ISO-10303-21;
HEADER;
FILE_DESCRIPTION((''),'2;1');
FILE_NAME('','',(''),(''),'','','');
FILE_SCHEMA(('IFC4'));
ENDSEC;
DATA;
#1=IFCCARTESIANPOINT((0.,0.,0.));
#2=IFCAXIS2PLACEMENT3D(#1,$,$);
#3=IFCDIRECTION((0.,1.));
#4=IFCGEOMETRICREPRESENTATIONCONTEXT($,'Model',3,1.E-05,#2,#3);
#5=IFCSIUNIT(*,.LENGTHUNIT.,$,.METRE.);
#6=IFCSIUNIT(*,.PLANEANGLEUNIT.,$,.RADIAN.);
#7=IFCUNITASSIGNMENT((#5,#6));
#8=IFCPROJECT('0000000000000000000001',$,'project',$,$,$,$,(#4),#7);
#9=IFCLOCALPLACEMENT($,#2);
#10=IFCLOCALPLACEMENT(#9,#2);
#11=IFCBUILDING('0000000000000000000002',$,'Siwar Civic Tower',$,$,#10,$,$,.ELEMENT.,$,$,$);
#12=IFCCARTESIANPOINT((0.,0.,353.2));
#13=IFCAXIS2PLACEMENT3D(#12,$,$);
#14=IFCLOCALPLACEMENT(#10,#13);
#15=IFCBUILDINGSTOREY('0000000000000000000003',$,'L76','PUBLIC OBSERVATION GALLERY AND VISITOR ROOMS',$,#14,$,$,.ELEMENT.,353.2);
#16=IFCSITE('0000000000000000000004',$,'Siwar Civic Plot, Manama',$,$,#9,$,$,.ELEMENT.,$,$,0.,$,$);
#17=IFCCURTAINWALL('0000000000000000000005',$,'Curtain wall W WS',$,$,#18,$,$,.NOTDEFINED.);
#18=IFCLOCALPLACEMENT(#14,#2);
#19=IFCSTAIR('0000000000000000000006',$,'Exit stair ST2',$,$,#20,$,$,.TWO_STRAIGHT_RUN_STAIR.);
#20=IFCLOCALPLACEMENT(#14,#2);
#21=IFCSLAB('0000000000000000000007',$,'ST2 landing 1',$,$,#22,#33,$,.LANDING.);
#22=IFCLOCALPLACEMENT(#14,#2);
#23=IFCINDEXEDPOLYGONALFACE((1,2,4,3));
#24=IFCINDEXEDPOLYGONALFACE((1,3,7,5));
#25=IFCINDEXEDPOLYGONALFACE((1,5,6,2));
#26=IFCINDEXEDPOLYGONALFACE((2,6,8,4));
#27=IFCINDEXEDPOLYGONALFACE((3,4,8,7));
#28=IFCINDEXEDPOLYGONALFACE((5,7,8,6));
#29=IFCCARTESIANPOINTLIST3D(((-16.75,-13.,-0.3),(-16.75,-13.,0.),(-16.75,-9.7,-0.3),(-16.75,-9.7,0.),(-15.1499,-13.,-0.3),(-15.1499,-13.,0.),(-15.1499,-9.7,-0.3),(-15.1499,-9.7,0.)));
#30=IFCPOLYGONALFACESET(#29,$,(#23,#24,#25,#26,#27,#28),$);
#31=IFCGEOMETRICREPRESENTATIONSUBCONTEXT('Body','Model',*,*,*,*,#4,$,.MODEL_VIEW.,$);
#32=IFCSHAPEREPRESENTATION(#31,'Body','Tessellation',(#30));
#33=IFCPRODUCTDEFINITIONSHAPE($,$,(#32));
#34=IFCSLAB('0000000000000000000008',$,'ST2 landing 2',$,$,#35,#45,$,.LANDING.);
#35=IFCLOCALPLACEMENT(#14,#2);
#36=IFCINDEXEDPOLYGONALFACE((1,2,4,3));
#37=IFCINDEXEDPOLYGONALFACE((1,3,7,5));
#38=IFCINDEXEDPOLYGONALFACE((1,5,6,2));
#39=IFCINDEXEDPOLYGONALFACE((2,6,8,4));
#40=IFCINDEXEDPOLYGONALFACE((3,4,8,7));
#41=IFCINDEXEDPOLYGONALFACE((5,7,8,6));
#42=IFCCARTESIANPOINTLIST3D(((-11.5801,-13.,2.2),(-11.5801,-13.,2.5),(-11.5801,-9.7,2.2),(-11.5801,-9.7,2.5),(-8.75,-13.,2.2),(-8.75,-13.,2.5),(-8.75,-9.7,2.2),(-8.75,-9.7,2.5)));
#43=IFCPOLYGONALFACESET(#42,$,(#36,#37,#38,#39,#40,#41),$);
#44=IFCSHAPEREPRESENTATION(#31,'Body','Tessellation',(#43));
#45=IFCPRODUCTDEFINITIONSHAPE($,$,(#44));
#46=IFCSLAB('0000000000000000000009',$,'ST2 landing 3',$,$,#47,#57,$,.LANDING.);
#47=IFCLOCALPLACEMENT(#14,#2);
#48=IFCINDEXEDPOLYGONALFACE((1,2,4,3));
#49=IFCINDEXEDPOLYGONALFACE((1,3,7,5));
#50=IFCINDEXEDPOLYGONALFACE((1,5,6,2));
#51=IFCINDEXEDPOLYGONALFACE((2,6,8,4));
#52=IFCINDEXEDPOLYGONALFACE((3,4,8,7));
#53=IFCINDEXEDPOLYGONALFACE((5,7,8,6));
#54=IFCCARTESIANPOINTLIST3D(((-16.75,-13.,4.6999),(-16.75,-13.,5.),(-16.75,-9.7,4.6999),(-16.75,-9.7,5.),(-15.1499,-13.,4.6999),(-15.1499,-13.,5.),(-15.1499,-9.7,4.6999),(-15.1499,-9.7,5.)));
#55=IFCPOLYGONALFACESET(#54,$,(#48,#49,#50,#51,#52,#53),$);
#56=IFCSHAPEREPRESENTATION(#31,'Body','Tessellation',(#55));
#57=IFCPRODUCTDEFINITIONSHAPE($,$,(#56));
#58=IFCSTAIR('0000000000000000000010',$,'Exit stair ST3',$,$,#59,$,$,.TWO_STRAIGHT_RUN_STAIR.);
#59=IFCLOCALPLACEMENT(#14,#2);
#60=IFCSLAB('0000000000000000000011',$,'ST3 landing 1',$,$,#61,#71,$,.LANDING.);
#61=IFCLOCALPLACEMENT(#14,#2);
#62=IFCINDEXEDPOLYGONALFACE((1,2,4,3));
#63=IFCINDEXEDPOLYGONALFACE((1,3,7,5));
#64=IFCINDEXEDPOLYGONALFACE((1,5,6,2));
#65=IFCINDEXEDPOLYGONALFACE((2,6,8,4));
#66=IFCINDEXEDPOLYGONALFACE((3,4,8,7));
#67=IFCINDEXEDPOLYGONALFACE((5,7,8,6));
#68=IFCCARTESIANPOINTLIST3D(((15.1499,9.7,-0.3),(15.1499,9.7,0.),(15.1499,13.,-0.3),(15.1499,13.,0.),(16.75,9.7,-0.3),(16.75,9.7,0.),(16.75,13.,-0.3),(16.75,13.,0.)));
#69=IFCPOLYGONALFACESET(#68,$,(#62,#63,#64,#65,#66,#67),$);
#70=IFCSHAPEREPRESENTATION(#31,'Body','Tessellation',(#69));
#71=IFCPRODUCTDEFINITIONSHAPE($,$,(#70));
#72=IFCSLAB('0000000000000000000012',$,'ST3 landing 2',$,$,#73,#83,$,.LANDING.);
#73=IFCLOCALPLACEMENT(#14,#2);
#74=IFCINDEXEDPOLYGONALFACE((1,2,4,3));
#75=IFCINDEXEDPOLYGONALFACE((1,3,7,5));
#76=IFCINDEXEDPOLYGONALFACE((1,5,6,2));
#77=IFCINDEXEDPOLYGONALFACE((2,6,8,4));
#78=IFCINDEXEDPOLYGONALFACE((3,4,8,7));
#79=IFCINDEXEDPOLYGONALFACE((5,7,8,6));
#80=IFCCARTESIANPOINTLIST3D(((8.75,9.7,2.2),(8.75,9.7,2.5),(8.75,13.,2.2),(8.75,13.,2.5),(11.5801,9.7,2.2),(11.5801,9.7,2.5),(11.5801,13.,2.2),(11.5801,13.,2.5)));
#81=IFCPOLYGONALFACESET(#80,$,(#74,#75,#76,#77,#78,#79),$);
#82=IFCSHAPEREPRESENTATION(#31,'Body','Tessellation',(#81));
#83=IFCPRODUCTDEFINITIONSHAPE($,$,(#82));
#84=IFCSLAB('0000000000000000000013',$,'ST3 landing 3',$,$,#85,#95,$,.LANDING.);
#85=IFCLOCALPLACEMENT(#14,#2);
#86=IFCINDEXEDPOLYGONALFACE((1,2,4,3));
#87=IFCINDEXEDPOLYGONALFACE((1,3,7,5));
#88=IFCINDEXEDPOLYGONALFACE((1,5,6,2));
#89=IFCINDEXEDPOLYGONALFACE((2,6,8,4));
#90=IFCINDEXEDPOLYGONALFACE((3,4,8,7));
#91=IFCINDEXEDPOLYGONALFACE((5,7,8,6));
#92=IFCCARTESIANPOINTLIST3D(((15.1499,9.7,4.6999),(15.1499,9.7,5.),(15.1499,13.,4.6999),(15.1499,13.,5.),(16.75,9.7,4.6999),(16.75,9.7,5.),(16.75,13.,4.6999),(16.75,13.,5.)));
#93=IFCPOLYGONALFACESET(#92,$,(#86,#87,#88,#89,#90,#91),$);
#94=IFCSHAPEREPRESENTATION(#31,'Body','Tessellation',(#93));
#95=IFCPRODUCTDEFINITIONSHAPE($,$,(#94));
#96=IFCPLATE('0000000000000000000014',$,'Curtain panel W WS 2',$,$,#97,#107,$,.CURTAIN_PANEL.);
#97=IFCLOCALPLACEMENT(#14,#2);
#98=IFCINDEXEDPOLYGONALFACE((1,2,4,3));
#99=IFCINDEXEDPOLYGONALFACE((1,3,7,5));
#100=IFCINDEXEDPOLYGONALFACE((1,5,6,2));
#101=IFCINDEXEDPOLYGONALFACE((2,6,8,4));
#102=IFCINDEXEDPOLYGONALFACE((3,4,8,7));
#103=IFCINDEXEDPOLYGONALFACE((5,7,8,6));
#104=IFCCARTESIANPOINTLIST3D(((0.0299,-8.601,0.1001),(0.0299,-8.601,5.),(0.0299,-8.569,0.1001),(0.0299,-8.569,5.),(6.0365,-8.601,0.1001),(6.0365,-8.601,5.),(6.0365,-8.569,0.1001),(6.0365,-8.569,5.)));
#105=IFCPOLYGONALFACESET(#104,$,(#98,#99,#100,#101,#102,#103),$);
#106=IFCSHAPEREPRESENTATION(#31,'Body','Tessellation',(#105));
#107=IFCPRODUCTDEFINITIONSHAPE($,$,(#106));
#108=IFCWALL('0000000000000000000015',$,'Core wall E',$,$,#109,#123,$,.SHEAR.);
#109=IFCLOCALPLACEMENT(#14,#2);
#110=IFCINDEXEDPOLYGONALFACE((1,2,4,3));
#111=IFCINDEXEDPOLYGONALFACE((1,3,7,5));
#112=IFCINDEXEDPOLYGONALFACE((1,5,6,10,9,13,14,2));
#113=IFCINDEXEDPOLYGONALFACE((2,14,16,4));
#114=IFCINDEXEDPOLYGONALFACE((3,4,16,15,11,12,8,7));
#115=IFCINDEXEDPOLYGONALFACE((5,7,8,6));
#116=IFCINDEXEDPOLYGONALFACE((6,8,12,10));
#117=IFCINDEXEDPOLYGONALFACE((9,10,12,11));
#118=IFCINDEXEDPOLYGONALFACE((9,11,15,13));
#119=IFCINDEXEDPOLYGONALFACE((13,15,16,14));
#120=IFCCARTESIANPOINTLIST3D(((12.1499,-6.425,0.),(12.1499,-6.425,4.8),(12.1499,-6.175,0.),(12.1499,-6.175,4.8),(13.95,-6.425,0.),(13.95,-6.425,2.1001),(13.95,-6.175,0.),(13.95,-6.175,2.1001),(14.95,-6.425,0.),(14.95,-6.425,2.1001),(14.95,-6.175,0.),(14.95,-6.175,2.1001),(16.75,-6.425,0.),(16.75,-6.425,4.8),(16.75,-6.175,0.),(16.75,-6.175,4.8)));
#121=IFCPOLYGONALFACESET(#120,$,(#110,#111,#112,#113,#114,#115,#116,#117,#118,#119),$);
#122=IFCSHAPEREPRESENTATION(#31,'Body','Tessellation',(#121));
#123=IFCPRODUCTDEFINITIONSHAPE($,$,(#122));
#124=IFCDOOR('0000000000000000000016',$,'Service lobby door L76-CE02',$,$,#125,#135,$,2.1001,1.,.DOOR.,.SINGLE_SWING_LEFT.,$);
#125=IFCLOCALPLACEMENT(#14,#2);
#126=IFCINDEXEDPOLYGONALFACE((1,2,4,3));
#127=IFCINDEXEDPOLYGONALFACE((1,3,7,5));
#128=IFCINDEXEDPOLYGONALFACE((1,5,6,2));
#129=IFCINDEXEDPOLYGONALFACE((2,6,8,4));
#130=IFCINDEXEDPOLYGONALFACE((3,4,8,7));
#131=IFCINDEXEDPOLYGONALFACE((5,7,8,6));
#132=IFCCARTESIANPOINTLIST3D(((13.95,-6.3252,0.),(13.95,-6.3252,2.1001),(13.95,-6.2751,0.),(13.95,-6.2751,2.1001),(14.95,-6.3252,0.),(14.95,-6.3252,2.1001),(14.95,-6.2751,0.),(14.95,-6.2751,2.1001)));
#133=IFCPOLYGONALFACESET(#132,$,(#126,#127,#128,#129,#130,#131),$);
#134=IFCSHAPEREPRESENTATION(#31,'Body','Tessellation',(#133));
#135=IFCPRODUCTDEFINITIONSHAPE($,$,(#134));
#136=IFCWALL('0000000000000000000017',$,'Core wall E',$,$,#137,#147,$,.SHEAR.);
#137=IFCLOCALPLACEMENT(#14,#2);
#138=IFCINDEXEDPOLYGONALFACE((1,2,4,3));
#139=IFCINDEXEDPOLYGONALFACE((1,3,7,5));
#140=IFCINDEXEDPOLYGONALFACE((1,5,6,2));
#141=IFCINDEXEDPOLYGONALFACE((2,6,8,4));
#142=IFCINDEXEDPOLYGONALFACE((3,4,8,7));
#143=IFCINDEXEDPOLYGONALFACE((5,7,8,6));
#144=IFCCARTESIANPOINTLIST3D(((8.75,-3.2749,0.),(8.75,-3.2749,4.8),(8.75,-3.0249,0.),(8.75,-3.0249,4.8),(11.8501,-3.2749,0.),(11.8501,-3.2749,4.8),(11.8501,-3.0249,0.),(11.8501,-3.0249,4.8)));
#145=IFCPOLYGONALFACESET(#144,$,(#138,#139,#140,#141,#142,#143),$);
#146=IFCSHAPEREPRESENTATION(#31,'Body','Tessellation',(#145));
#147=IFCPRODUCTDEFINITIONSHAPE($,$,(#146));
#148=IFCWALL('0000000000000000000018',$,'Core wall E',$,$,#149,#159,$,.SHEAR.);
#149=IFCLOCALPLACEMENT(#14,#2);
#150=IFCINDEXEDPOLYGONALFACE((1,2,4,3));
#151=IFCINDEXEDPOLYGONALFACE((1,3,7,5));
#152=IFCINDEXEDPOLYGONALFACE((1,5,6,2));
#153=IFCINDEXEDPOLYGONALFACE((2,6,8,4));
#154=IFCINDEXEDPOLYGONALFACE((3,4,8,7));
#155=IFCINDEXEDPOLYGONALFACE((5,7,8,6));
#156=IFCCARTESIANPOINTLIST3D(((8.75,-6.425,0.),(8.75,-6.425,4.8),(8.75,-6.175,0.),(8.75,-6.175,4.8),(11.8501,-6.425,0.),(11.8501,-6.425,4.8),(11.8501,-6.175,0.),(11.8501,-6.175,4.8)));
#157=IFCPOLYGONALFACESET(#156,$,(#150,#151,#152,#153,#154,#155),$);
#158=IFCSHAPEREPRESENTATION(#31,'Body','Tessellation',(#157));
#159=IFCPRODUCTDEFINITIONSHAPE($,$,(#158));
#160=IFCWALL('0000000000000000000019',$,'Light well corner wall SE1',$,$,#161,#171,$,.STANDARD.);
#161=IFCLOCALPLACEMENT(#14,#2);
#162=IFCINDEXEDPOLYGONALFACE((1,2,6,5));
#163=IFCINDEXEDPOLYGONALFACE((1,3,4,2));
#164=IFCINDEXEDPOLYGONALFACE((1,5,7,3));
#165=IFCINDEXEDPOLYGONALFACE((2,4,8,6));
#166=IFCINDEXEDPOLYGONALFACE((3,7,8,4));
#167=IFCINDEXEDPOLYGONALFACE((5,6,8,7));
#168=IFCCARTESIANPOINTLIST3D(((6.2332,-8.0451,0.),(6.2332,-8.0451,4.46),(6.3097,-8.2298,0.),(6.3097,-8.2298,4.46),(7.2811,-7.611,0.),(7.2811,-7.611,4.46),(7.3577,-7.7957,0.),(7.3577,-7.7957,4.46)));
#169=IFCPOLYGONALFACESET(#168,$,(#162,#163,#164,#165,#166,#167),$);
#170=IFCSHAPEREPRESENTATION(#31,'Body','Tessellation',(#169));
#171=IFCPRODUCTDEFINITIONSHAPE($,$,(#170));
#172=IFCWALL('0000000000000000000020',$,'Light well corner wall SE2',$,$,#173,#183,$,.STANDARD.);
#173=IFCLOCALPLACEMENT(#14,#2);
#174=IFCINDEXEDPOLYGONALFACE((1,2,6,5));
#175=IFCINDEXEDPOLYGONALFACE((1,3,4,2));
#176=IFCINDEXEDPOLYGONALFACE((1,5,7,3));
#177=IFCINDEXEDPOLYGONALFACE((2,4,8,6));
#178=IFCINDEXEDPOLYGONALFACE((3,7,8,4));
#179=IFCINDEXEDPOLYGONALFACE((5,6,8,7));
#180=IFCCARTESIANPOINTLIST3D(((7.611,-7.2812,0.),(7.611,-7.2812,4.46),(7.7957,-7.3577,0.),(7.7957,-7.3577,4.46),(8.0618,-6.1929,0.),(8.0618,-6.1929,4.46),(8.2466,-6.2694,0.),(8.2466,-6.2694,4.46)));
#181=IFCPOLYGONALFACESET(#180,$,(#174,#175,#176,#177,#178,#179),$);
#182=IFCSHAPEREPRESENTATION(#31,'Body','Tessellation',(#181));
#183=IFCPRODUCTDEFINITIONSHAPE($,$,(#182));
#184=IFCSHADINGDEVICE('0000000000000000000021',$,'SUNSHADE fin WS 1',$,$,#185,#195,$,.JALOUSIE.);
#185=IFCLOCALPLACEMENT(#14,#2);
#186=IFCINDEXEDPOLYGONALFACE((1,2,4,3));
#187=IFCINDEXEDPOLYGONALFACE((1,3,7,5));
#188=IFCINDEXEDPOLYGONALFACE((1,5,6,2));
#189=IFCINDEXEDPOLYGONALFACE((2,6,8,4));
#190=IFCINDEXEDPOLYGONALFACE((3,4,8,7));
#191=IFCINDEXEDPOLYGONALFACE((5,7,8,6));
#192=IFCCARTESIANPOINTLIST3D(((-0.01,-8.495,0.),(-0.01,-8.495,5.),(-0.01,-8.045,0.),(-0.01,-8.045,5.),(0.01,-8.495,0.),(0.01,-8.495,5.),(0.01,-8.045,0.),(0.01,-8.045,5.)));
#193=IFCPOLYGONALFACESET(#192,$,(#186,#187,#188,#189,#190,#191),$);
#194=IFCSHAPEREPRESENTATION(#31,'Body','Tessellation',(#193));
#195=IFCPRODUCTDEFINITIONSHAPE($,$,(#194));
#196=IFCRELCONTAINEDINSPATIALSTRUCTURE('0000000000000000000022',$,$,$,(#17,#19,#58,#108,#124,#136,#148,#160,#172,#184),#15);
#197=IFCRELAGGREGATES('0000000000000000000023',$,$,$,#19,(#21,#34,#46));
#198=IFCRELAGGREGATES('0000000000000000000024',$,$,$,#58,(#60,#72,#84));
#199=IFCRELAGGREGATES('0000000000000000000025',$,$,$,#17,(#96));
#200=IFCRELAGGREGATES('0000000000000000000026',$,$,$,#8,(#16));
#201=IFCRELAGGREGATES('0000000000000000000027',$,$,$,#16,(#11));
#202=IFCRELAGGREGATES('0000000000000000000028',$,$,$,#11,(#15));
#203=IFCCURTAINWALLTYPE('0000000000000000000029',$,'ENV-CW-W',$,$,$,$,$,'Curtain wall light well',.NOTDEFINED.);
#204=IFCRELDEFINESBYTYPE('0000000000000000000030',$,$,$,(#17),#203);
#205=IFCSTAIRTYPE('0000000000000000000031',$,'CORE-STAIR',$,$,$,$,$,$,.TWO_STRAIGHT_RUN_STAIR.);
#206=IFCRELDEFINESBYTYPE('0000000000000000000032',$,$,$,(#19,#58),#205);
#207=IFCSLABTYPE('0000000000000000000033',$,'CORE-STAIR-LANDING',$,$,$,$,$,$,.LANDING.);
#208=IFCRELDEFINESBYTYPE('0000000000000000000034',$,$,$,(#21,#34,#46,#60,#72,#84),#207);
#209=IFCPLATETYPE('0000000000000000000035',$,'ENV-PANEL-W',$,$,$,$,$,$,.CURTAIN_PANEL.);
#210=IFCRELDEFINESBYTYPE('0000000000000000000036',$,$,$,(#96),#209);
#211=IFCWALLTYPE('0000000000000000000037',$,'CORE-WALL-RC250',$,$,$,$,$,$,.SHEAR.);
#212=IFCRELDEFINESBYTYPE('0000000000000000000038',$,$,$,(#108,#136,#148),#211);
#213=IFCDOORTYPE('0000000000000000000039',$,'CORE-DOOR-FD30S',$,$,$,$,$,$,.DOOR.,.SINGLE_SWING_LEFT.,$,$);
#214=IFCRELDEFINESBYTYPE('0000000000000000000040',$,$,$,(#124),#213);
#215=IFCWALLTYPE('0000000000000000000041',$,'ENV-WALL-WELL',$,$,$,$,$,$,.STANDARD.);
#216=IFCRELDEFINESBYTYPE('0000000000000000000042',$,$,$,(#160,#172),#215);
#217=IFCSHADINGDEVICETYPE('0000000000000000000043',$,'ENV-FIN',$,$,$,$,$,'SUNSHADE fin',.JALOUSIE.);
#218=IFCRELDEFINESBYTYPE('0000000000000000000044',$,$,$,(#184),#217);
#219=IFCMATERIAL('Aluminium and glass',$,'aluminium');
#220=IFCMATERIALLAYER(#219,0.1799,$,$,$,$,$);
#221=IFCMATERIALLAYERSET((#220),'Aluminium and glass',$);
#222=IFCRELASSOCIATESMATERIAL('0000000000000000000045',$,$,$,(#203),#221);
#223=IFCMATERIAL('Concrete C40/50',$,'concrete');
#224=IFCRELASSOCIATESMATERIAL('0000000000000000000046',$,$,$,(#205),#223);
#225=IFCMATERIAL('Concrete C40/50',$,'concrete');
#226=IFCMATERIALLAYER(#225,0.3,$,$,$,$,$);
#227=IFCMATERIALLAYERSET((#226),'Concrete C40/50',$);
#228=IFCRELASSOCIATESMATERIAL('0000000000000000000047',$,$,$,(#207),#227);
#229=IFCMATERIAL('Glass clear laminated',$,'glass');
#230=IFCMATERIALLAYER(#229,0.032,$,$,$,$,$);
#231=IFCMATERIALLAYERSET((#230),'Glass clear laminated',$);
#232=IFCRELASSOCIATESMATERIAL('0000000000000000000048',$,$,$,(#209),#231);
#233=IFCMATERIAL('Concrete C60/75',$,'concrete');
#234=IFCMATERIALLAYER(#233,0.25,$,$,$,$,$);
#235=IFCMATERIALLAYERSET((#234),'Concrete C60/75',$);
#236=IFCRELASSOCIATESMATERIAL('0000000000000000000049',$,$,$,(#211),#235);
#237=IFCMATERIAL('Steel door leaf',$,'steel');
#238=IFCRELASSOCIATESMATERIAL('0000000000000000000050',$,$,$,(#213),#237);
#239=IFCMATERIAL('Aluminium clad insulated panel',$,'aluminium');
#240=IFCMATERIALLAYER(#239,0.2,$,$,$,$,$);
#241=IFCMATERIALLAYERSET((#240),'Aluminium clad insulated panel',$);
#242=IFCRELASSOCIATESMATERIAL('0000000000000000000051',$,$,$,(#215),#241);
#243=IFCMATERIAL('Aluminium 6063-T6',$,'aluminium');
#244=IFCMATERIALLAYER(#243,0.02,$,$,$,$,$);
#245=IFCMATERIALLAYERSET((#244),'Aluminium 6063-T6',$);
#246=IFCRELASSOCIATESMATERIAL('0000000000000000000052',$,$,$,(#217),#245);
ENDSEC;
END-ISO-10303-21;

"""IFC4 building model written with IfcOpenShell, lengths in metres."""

from ifc_helpers import new_model, si_unit, direction, frame, frame_2d, origin, origin_2d, place, context, subcontext, project, spatial, polyline, rectangle, outline, extrude, material, layer, layer_set, type_object, element, fill, aggregate, save


model = new_model("IFC4")

# Units and contexts
model_context = context("Model", 3, precision=1e-05, world=origin(), true_north=direction((0.0, 1.0)))
body_context = subcontext(model_context, "Body", "Model", "MODEL_VIEW")
ifc_project = project(units=[si_unit("LENGTHUNIT", "METRE"), si_unit("PLANEANGLEUNIT", "RADIAN")], contexts=[model_context])

# Site, building, storey
site_placement = place(None, origin())
site = spatial("IfcSite", under=ifc_project, at=site_placement, Name="Siwar Civic Plot, Manama", CompositionType="ELEMENT", RefElevation=0.0)
building_placement = place(site_placement, origin())
building = spatial("IfcBuilding", under=site, at=building_placement, Name="Siwar Civic Tower", CompositionType="ELEMENT")
storey_placement = place(building_placement, frame((0.0, 0.0, 353.2)))
storey = spatial("IfcBuildingStorey", under=building, at=storey_placement, Name="L76", Description="PUBLIC OBSERVATION GALLERY AND VISITOR ROOMS", CompositionType="ELEMENT", Elevation=353.2)

# Curtain wall
ifc_material_1 = material(Name="Aluminium and glass", Category="aluminium")
ifc_layer_1 = layer(ifc_material_1, 0.1799)
ifc_layer_set_1 = layer_set([ifc_layer_1], Name="Aluminium and glass")
curtain_wall_type = type_object("IfcCurtainWallType", Name="ENV-CW-W", ElementType="Curtain wall light well", PredefinedType="NOTDEFINED", material=ifc_layer_set_1)
curtain_wall_placement = place(storey_placement, origin())
curtain_wall = element("IfcCurtainWall", 1, at=curtain_wall_placement, inside=storey, type_object=curtain_wall_type, Name="Curtain wall W WS", PredefinedType="NOTDEFINED")

# Shared definitions
ifc_material_2 = material(Name="Concrete C40/50", Category="concrete")
stair_type = type_object("IfcStairType", Name="CORE-STAIR", PredefinedType="TWO_STRAIGHT_RUN_STAIR", material=ifc_material_2)
ifc_material_3 = material(Name="Concrete C40/50", Category="concrete")
ifc_layer_2 = layer(ifc_material_3, 0.3)
ifc_layer_set_2 = layer_set([ifc_layer_2], Name="Concrete C40/50")
slab_type = type_object("IfcSlabType", Name="CORE-STAIR-LANDING", PredefinedType="LANDING", material=ifc_layer_set_2)
placement = place(building_placement, frame((0.0, 0.0, 358.2)))

# Stairs, slabs
stair_1_placement = place(storey_placement, origin())
stair_1 = element("IfcStair", 2, at=stair_1_placement, inside=storey, type_object=stair_type, Name="Exit stair ST2", PredefinedType="TWO_STRAIGHT_RUN_STAIR")
slab_1_placement = place(storey_placement, frame((0.0, 0.0, -0.3)))
slab_1 = element("IfcSlab", 3, at=slab_1_placement, type_object=slab_type, Name="ST2 landing 1", PredefinedType="LANDING", context=body_context, shape_type="SweptSolid", body=[
    extrude(outline(polyline([(-15.1499, -9.7), (-16.75, -9.7), (-16.75, -13.0), (-15.1499, -13.0), (-15.1499, -9.7)])), origin(), (0.0, 0.0, 1.0), 0.3),
])
slab_2_placement = place(storey_placement, frame((0.0, 0.0, 2.2)))
slab_2 = element("IfcSlab", 4, at=slab_2_placement, type_object=slab_type, Name="ST2 landing 2", PredefinedType="LANDING", context=body_context, shape_type="SweptSolid", body=[
    extrude(outline(polyline([(-8.75, -9.7), (-11.5801, -9.7), (-11.5801, -13.0), (-8.75, -13.0), (-8.75, -9.7)])), origin(), (0.0, 0.0, 1.0), 0.3),
])
slab_3_placement = place(placement, frame((0.0, 0.0, -0.3)))
slab_3 = element("IfcSlab", 5, at=slab_3_placement, type_object=slab_type, Name="ST2 landing 3", PredefinedType="LANDING", context=body_context, shape_type="SweptSolid", body=[
    extrude(outline(polyline([(-15.1499, -9.7), (-16.75, -9.7), (-16.75, -13.0), (-15.1499, -13.0), (-15.1499, -9.7)])), origin(), (0.0, 0.0, 1.0), 0.3),
])
aggregate(stair_1, [slab_1, slab_2, slab_3])
stair_2_placement = place(storey_placement, origin())
stair_2 = element("IfcStair", 6, at=stair_2_placement, inside=storey, type_object=stair_type, Name="Exit stair ST3", PredefinedType="TWO_STRAIGHT_RUN_STAIR")
slab_4_placement = place(storey_placement, frame((0.0, 0.0, -0.3)))
slab_4 = element("IfcSlab", 7, at=slab_4_placement, type_object=slab_type, Name="ST3 landing 1", PredefinedType="LANDING", context=body_context, shape_type="SweptSolid", body=[
    extrude(outline(polyline([(15.1499, 9.7), (16.75, 9.7), (16.75, 13.0), (15.1499, 13.0), (15.1499, 9.7)])), origin(), (0.0, 0.0, 1.0), 0.3),
])
slab_5_placement = place(storey_placement, frame((0.0, 0.0, 2.2)))
slab_5 = element("IfcSlab", 8, at=slab_5_placement, type_object=slab_type, Name="ST3 landing 2", PredefinedType="LANDING", context=body_context, shape_type="SweptSolid", body=[
    extrude(outline(polyline([(8.75, 9.7), (11.5801, 9.7), (11.5801, 13.0), (8.75, 13.0), (8.75, 9.7)])), origin(), (0.0, 0.0, 1.0), 0.3),
])
slab_6_placement = place(placement, frame((0.0, 0.0, -0.3)))
slab_6 = element("IfcSlab", 9, at=slab_6_placement, type_object=slab_type, Name="ST3 landing 3", PredefinedType="LANDING", context=body_context, shape_type="SweptSolid", body=[
    extrude(outline(polyline([(15.1499, 9.7), (16.75, 9.7), (16.75, 13.0), (15.1499, 13.0), (15.1499, 9.7)])), origin(), (0.0, 0.0, 1.0), 0.3),
])
aggregate(stair_2, [slab_4, slab_5, slab_6])

# Plate
ifc_material_4 = material(Name="Glass clear laminated", Category="glass")
ifc_layer_3 = layer(ifc_material_4, 0.032)
ifc_layer_set_3 = layer_set([ifc_layer_3], Name="Glass clear laminated")
plate_type = type_object("IfcPlateType", Name="ENV-PANEL-W", PredefinedType="CURTAIN_PANEL", material=ifc_layer_set_3)
plate_placement = place(storey_placement, frame((3.0332, -8.585, 0.1001), z_axis=(0.0, 0.0, 1.0), x_axis=(1.0, 0.0, 0.0)))
plate = element("IfcPlate", 10, at=plate_placement, type_object=plate_type, Name="Curtain panel W WS 2", PredefinedType="CURTAIN_PANEL", context=body_context, shape_type="SweptSolid", body=[
    extrude(rectangle(XDim=6.0066, YDim=0.032, at=origin_2d()), origin(), (0.0, 0.0, 1.0), 4.8999),
])
aggregate(curtain_wall, [plate])

# Wall, opening, door
ifc_material_5 = material(Name="Concrete C60/75", Category="concrete")
ifc_layer_4 = layer(ifc_material_5, 0.25)
ifc_layer_set_4 = layer_set([ifc_layer_4], Name="Concrete C60/75")
wall_type_1 = type_object("IfcWallType", Name="CORE-WALL-RC250", PredefinedType="SHEAR", material=ifc_layer_set_4)
wall_1_placement = place(storey_placement, frame((12.1499, -6.3, 0.0), z_axis=(0.0, 0.0, 1.0), x_axis=(1.0, 0.0, 0.0)))
wall_1 = element("IfcWall", 11, at=wall_1_placement, inside=storey, type_object=wall_type_1, Name="Core wall E", PredefinedType="SHEAR", context=body_context, shape_type="SweptSolid", body=[
    extrude(rectangle(XDim=4.6001, YDim=0.25, at=frame_2d((2.3, 0.0))), origin(), (0.0, 0.0, 1.0), 4.8),
])
opening_placement = place(wall_1_placement, frame((1.8, 0.0, 0.0)))
opening = element("IfcOpeningElement", 12, at=opening_placement, cuts=wall_1, PredefinedType="OPENING", context=body_context, shape_type="SweptSolid", body=[
    extrude(rectangle(XDim=1.0, YDim=2.1001, at=frame_2d((0.5, 1.05))), frame((0.0, 0.135, 0.0), z_axis=(0.0, -1.0, 0.0), x_axis=(1.0, 0.0, 0.0)), (0.0, 0.0, 1.0), 0.27),
])
ifc_material_6 = material(Name="Steel door leaf", Category="steel")
door_type = type_object("IfcDoorType", Name="CORE-DOOR-FD30S", OperationType="SINGLE_SWING_LEFT", PredefinedType="DOOR", material=ifc_material_6)
door_placement = place(opening_placement, origin())
door = element("IfcDoor", 13, at=door_placement, inside=storey, type_object=door_type, Name="Service lobby door L76-CE02", OperationType="SINGLE_SWING_LEFT", OverallHeight=2.1001, OverallWidth=1.0, PredefinedType="DOOR", context=body_context, shape_type="SweptSolid", body=[
    extrude(rectangle(XDim=1.0, YDim=2.1001, at=frame_2d((0.5, 1.05))), frame((0.0, 0.0249, 0.0), z_axis=(0.0, -1.0, 0.0), x_axis=(1.0, 0.0, 0.0)), (0.0, 0.0, 1.0), 0.05),
])
fill(opening, door)

# Walls
for number, where, z_axis, x_axis, name in (
    (14, (8.75, -3.1499, 0.0), (0.0, 0.0, 1.0), (1.0, 0.0, 0.0), "Core wall E"),
    (15, (8.75, -6.3, 0.0), (0.0, 0.0, 1.0), (1.0, 0.0, 0.0), "Core wall E"),
):
    element("IfcWall", number, at=place(storey_placement, frame(where, z_axis=z_axis, x_axis=x_axis)), inside=storey, type_object=wall_type_1, Name=name, PredefinedType="SHEAR", context=body_context, shape_type="SweptSolid", body=[
        extrude(rectangle(XDim=3.1001, YDim=0.25, at=frame_2d((1.55, 0.0))), origin(), (0.0, 0.0, 1.0), 4.8),
    ])
ifc_material_7 = material(Name="Aluminium clad insulated panel", Category="aluminium")
ifc_layer_5 = layer(ifc_material_7, 0.2)
ifc_layer_set_5 = layer_set([ifc_layer_5], Name="Aluminium clad insulated panel")
wall_type_2 = type_object("IfcWallType", Name="ENV-WALL-WELL", PredefinedType="STANDARD", material=ifc_layer_set_5)
wall_2_placement = place(storey_placement, frame((6.2715, -8.1375, 0.0), z_axis=(0.0, 0.0, 1.0), x_axis=(0.923865, 0.382719, 0.0)))
element("IfcWall", 16, at=wall_2_placement, inside=storey, type_object=wall_type_2, Name="Light well corner wall SE1", PredefinedType="STANDARD", context=body_context, shape_type="SweptSolid", body=[
    extrude(rectangle(XDim=1.1343, YDim=0.2, at=frame_2d((0.5671, 0.0))), origin(), (0.0, 0.0, 1.0), 4.46),
])
wall_3_placement = place(storey_placement, frame((7.7034, -7.3193, 0.0), z_axis=(0.0, 0.0, 1.0), x_axis=(0.382761, 0.923848, 0.0)))
element("IfcWall", 17, at=wall_3_placement, inside=storey, type_object=wall_type_2, Name="Light well corner wall SE2", PredefinedType="STANDARD", context=body_context, shape_type="SweptSolid", body=[
    extrude(rectangle(XDim=1.178, YDim=0.2, at=frame_2d((0.5889, 0.0))), origin(), (0.0, 0.0, 1.0), 4.46),
])

# Shading device
ifc_material_8 = material(Name="Aluminium 6063-T6", Category="aluminium")
ifc_layer_6 = layer(ifc_material_8, 0.02)
ifc_layer_set_6 = layer_set([ifc_layer_6], Name="Aluminium 6063-T6")
shading_device_type = type_object("IfcShadingDeviceType", Name="ENV-FIN", ElementType="SUNSHADE fin", PredefinedType="JALOUSIE", material=ifc_layer_set_6)
shading_device_placement = place(storey_placement, frame((0.0, -8.27, 0.0), z_axis=(0.0, 0.0, 1.0), x_axis=(1.0, 0.0, 0.0)))
element("IfcShadingDevice", 18, at=shading_device_placement, inside=storey, type_object=shading_device_type, Name="SUNSHADE fin WS 1", PredefinedType="JALOUSIE", context=body_context, shape_type="SweptSolid", body=[
    extrude(rectangle(XDim=0.02, YDim=0.45, at=origin_2d()), origin(), (0.0, 0.0, 1.0), 5.0),
])

save(model, "model.ifc")
